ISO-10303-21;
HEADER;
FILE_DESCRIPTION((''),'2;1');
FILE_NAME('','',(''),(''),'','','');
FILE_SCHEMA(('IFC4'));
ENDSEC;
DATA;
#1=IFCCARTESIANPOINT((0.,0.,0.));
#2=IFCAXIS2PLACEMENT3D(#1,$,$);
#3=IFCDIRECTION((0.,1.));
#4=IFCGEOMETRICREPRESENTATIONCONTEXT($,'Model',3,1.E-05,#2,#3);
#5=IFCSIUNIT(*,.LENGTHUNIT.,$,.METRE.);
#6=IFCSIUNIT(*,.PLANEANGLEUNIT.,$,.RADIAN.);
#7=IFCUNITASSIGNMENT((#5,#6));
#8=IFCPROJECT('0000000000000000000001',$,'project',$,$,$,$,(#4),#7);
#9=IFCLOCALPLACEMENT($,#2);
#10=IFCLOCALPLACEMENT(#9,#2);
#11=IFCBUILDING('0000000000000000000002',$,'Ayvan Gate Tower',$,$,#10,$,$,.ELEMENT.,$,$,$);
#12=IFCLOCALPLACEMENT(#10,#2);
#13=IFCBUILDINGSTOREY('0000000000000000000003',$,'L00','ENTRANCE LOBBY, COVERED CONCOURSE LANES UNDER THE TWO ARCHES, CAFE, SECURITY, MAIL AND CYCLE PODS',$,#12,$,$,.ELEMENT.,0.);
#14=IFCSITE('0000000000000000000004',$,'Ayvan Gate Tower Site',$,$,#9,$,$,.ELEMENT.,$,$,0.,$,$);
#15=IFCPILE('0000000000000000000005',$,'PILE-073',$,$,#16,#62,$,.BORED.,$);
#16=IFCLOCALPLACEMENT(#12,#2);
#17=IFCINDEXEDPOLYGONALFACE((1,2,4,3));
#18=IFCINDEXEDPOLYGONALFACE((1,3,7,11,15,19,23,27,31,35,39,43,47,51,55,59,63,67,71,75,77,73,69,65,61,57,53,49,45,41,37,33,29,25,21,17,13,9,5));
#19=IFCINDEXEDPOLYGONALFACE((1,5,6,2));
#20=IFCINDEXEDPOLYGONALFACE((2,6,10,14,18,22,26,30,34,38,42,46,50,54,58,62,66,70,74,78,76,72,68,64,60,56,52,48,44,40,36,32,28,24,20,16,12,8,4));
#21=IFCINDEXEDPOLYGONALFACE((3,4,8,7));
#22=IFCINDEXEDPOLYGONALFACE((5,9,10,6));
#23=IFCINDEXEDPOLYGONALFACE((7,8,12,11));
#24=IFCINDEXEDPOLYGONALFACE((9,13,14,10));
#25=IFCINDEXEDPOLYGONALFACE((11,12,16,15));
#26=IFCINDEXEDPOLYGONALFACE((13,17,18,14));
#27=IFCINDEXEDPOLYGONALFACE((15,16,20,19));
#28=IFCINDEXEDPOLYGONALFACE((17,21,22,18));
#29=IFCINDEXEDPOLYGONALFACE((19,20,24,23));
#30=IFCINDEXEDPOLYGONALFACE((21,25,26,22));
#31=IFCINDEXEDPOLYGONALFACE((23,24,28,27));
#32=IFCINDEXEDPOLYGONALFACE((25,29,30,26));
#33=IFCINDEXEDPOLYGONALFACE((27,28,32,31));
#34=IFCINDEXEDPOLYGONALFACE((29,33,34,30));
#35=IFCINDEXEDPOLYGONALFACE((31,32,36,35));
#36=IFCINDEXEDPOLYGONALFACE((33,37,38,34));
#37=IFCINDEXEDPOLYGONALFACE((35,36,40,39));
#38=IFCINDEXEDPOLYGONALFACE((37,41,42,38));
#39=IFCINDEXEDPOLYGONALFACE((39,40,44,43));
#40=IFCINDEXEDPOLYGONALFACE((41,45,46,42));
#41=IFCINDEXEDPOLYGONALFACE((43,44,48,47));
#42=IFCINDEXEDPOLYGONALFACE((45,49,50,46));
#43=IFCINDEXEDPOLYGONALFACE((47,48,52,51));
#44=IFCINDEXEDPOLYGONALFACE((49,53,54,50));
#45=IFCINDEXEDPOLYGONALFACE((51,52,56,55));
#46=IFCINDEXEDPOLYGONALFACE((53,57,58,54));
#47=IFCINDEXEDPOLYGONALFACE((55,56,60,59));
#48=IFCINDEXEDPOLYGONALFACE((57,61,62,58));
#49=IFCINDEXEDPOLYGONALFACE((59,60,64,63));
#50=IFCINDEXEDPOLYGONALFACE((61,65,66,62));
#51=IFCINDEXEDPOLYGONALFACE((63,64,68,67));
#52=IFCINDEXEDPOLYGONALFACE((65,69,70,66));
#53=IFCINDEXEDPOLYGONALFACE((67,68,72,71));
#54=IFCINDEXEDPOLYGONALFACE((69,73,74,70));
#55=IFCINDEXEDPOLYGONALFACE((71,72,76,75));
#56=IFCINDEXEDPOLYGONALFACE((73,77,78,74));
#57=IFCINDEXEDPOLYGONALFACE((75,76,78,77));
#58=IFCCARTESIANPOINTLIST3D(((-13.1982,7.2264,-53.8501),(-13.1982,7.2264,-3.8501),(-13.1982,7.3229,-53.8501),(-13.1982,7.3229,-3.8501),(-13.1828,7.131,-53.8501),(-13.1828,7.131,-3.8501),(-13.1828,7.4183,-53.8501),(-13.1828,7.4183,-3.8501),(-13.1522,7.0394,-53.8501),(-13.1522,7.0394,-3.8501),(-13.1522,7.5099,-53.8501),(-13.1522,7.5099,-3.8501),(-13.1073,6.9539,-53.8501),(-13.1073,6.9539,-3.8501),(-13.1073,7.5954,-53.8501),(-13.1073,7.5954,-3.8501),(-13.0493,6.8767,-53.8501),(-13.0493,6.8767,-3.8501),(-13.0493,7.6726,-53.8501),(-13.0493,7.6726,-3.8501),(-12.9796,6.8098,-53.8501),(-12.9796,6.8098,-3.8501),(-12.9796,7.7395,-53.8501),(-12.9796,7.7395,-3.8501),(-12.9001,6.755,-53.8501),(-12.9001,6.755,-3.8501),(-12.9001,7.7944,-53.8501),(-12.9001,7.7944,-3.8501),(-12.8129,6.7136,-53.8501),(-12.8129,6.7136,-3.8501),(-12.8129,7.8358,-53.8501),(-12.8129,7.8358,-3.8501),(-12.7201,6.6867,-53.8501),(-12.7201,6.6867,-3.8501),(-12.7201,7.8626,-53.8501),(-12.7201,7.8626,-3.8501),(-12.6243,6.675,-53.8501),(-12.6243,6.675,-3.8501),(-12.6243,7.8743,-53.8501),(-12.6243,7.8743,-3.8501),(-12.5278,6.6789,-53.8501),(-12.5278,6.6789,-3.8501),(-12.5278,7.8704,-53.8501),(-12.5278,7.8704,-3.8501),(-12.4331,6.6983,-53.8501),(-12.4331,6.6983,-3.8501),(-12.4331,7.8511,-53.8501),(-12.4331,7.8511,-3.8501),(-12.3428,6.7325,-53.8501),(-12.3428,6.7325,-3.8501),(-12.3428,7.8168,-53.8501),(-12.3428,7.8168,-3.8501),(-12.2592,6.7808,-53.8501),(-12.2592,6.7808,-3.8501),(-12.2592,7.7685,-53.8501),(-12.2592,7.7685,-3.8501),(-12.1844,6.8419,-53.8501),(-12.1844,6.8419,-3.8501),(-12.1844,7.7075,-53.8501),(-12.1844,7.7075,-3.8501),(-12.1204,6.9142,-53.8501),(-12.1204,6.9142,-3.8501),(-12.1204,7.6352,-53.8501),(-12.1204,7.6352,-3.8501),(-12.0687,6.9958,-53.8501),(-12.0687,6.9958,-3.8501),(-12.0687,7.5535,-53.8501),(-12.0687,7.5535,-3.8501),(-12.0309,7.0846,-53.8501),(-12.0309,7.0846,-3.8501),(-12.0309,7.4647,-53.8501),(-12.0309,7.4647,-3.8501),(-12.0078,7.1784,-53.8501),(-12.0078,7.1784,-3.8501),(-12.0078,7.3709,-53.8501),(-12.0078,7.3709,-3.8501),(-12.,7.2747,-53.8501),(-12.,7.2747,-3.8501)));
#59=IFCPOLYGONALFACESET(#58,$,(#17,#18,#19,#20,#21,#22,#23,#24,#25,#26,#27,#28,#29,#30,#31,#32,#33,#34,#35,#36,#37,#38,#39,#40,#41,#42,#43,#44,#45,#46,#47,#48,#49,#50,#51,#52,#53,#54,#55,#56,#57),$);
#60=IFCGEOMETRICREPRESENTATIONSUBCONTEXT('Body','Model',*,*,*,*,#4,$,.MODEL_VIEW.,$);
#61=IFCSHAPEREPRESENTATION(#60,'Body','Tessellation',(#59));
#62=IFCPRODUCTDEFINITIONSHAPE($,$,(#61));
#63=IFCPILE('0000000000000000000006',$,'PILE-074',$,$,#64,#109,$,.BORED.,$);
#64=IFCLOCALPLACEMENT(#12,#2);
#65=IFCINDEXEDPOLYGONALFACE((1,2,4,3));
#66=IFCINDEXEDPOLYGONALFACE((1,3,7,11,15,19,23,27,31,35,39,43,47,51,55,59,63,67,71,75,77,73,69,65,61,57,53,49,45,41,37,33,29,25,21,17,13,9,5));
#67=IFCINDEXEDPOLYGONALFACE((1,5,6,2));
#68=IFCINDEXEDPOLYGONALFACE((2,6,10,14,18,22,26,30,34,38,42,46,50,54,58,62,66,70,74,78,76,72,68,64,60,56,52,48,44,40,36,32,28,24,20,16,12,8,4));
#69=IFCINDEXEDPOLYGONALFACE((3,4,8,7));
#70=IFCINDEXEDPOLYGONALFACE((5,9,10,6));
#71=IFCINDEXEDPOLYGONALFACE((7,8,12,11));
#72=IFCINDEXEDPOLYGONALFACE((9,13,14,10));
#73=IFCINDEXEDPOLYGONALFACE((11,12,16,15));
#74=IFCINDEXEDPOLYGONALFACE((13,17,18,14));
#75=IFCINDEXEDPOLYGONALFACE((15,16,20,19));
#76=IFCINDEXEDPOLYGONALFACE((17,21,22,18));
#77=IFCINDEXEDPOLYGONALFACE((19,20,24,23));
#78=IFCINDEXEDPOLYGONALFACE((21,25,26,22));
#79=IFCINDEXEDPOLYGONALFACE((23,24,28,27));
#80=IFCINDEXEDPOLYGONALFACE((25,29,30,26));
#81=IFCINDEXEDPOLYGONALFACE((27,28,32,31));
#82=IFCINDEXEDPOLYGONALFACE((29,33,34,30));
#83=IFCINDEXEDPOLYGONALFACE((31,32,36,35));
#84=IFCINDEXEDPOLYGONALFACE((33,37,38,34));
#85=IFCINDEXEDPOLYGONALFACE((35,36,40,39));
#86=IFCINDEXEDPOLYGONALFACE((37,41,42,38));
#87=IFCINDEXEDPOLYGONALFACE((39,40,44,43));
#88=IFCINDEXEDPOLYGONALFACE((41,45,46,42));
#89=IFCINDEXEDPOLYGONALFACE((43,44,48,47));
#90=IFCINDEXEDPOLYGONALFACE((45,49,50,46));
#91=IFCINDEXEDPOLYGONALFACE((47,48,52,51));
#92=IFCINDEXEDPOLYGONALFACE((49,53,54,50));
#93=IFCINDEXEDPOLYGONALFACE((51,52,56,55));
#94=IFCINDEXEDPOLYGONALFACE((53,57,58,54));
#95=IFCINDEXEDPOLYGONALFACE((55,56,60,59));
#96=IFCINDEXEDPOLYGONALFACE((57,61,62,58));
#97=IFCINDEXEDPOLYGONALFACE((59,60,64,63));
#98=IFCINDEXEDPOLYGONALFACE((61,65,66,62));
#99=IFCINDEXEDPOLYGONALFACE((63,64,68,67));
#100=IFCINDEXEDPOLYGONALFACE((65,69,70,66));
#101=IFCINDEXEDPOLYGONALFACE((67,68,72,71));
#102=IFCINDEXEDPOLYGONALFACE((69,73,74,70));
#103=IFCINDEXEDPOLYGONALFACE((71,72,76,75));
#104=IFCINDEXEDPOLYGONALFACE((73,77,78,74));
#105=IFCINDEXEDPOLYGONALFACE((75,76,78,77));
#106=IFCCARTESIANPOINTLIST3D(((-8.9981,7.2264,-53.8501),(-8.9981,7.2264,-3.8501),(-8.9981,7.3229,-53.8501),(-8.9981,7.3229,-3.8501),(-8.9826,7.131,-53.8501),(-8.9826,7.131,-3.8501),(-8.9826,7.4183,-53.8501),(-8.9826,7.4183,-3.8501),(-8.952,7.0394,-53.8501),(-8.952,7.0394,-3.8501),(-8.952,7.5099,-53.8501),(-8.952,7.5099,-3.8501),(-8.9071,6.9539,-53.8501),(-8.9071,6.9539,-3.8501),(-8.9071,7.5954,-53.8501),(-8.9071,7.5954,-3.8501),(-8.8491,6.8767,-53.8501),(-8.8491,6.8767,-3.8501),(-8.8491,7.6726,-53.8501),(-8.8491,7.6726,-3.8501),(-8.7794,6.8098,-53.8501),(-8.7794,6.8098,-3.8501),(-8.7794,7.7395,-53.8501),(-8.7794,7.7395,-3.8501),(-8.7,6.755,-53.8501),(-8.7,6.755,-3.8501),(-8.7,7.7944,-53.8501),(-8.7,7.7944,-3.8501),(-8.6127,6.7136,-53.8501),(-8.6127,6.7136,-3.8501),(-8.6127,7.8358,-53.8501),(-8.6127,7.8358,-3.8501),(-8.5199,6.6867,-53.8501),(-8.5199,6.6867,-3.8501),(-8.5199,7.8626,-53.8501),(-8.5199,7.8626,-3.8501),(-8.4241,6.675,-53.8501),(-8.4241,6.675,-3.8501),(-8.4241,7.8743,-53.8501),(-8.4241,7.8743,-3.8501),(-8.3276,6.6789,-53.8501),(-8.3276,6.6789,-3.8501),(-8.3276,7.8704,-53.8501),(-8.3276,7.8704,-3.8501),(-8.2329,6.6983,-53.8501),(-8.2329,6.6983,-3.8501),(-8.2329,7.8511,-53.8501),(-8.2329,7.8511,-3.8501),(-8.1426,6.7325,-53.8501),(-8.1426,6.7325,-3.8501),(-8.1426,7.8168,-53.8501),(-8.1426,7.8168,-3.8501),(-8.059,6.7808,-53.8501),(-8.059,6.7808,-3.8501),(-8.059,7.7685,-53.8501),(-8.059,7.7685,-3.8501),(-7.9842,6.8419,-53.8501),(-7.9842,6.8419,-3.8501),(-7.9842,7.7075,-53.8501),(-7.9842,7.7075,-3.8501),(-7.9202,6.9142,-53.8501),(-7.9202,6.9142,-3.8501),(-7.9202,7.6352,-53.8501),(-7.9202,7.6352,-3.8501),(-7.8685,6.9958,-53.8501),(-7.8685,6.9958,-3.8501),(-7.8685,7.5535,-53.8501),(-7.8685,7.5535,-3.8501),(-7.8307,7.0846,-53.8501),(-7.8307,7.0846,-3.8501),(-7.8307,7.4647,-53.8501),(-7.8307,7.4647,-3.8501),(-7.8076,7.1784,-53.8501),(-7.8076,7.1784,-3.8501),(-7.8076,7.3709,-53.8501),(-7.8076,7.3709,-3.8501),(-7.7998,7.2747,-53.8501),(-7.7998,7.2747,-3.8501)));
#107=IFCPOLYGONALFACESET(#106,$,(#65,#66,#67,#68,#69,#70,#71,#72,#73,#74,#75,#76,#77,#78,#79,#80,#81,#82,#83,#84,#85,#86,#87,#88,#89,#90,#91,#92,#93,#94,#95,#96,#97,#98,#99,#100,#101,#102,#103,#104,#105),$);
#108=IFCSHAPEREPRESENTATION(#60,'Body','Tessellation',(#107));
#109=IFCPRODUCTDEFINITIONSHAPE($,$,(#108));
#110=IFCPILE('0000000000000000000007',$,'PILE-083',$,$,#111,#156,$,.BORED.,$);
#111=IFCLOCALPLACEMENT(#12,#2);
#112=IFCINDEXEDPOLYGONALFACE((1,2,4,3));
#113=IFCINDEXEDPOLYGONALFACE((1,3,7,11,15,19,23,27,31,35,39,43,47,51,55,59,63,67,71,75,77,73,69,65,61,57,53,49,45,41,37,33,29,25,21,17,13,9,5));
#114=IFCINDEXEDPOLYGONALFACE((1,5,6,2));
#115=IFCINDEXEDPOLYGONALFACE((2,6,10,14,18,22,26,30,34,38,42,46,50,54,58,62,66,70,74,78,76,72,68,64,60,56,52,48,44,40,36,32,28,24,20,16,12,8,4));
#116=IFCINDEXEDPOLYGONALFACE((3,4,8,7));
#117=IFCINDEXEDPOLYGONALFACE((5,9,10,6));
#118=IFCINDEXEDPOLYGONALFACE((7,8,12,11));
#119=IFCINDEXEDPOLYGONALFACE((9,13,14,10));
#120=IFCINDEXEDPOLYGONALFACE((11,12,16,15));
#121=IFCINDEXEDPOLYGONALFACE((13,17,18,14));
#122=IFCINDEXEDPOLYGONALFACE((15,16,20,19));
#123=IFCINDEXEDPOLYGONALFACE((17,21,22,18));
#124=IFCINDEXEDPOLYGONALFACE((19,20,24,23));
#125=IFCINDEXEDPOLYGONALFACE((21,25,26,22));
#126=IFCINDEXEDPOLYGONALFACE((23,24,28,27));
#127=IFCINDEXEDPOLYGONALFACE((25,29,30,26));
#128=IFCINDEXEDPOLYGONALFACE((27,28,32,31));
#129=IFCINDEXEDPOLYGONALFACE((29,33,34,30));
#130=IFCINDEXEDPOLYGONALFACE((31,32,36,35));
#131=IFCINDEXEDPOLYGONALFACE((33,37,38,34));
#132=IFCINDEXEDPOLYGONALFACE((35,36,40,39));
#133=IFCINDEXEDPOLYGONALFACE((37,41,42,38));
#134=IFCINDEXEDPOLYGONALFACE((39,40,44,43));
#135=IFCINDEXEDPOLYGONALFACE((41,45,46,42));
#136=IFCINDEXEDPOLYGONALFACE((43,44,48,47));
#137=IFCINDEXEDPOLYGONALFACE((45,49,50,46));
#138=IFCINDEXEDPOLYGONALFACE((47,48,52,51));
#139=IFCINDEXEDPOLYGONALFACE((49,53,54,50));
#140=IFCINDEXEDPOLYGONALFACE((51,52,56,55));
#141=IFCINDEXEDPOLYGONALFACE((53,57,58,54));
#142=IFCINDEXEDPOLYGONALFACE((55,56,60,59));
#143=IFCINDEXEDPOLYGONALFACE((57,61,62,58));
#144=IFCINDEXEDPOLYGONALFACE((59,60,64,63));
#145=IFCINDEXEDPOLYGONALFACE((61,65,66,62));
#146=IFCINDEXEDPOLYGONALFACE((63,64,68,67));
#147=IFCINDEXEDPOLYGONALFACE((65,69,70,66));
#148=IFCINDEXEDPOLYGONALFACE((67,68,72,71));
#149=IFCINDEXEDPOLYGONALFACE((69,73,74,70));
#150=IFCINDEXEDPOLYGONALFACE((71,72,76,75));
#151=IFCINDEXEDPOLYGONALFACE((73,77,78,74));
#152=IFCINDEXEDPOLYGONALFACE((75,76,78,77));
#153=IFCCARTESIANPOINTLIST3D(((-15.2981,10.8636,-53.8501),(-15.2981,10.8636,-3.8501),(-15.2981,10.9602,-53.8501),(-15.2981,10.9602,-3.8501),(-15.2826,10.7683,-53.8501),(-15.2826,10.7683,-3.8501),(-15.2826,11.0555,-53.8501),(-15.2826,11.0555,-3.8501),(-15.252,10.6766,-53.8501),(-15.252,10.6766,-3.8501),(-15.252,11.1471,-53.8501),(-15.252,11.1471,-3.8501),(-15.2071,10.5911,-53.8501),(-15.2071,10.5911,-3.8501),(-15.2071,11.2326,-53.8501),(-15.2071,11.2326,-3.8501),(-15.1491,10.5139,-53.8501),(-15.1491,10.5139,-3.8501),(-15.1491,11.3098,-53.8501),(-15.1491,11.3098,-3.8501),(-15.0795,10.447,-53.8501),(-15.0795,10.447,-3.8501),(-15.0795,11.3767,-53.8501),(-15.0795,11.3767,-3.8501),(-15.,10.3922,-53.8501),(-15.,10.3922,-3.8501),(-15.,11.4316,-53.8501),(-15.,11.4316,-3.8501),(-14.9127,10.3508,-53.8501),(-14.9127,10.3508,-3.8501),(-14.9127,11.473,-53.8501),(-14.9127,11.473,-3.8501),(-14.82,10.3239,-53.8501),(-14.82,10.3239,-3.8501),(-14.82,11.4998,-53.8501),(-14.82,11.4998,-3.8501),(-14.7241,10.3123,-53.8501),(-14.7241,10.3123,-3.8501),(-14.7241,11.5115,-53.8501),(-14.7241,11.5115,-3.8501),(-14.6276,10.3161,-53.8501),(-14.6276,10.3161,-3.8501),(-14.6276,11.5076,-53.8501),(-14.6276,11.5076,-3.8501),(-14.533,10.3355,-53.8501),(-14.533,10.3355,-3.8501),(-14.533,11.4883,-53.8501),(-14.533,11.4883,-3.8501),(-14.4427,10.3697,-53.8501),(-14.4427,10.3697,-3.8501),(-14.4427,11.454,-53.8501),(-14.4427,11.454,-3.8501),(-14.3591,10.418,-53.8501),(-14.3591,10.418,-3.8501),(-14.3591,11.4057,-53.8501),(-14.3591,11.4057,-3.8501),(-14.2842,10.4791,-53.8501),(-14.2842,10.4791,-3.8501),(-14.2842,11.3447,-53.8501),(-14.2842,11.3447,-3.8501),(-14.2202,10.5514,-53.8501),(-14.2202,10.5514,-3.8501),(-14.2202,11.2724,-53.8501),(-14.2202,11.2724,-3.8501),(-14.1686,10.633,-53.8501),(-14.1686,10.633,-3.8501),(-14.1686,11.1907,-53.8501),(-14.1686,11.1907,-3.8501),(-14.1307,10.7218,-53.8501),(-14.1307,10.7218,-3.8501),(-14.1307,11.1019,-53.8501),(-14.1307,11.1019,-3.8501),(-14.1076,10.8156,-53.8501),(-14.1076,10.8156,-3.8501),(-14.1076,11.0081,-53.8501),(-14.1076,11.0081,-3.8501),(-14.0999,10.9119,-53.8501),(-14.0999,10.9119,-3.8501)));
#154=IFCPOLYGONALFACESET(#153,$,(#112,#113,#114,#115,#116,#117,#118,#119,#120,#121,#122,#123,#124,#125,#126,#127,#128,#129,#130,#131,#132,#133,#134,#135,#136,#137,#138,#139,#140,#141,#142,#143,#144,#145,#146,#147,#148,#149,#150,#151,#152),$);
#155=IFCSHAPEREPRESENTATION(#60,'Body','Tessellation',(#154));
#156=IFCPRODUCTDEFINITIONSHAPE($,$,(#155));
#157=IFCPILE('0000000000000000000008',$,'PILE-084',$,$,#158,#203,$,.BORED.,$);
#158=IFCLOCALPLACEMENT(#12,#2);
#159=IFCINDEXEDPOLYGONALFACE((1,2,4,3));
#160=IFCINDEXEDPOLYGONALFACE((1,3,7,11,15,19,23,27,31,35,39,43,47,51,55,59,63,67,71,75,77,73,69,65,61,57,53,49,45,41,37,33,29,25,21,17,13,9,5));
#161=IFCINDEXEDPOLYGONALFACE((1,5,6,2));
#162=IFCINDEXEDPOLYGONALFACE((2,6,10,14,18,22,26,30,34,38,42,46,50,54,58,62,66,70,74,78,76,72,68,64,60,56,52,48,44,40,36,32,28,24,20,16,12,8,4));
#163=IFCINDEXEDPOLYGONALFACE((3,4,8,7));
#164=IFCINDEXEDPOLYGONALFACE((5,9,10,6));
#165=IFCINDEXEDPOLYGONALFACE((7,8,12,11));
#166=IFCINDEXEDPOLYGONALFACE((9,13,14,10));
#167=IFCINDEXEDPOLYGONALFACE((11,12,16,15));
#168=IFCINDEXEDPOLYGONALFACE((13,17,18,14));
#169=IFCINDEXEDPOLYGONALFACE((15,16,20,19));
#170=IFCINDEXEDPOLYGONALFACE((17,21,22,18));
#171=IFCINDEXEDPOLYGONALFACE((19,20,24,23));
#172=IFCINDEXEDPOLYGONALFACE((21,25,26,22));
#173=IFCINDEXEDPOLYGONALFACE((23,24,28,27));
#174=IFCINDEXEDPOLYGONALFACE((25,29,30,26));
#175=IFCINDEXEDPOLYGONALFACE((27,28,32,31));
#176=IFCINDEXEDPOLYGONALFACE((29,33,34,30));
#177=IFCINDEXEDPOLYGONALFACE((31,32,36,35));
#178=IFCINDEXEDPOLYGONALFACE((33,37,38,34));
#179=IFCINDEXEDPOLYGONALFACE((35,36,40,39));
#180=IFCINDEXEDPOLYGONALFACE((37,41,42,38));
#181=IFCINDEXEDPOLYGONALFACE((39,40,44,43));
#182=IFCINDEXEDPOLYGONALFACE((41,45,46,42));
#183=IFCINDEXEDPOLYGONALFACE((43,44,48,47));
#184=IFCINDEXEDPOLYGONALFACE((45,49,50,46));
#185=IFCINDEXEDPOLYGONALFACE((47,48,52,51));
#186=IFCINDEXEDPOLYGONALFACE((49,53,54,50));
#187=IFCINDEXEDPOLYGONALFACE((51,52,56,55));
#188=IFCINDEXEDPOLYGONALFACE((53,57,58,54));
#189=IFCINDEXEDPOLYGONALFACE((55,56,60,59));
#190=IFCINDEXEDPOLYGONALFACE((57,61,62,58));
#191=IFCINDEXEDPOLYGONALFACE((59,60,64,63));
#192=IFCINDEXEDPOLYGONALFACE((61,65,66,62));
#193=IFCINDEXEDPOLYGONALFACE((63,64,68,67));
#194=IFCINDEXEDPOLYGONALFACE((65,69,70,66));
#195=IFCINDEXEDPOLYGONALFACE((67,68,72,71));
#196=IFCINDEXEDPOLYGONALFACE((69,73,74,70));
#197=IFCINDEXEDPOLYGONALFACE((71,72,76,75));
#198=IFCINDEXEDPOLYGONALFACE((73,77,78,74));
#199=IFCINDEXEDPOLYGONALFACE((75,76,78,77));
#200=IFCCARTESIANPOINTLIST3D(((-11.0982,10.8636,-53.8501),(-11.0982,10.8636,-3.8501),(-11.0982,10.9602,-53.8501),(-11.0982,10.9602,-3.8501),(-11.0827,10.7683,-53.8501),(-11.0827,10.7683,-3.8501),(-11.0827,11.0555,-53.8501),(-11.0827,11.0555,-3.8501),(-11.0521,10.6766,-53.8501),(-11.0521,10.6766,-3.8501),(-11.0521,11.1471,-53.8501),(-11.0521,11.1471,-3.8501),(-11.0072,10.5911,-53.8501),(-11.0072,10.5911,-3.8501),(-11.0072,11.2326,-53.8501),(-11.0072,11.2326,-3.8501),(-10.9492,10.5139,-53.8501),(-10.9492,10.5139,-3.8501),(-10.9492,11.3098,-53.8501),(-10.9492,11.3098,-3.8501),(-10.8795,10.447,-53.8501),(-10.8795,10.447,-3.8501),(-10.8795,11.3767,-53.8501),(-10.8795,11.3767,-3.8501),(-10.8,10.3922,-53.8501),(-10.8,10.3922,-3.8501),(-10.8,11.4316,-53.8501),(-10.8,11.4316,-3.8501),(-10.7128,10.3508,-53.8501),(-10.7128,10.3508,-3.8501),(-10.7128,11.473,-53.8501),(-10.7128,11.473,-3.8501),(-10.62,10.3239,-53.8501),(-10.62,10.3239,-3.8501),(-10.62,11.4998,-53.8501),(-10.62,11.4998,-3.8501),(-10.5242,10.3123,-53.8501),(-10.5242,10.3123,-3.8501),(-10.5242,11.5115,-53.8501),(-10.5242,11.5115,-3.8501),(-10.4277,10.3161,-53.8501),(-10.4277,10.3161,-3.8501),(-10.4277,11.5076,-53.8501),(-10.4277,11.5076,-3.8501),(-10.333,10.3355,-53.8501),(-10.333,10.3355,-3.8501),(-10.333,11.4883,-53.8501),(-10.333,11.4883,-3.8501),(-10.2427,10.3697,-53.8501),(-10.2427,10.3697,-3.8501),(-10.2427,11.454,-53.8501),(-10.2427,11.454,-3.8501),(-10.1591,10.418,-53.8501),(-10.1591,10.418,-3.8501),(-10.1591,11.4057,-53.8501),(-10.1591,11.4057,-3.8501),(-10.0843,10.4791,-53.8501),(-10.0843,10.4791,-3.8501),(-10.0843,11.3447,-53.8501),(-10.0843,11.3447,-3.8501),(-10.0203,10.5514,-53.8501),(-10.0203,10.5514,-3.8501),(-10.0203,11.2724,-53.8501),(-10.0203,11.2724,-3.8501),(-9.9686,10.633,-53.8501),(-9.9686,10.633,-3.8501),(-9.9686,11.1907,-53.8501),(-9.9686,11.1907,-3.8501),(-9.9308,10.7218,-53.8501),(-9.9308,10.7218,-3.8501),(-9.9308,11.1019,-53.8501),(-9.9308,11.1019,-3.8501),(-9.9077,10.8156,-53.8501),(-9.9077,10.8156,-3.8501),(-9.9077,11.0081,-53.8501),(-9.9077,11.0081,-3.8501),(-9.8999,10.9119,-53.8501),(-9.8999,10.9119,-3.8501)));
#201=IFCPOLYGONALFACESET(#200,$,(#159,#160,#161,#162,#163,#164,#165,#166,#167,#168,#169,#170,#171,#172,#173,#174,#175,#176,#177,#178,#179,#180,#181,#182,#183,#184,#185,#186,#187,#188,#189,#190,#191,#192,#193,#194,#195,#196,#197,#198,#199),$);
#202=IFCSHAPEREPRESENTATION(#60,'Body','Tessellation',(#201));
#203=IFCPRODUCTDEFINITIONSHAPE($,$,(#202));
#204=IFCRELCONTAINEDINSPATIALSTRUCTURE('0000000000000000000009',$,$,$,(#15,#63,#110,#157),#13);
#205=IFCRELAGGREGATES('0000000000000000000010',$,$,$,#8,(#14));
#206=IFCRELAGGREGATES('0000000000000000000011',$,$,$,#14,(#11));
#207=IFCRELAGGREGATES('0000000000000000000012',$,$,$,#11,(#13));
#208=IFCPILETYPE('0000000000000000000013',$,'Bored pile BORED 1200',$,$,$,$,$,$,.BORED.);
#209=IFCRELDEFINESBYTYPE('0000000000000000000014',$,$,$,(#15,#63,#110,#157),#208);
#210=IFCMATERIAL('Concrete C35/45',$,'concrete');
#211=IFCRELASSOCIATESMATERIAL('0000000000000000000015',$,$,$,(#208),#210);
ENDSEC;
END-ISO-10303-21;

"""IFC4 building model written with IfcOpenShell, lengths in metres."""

from ifc_helpers import new_model, si_unit, direction, frame, origin, origin_2d, place, context, subcontext, project, spatial, circle, extrude, material, material_profile, profile_set, type_object, element, save


model = new_model("IFC4")

# Units and contexts
model_context = context("Model", 3, precision=1e-05, world=origin(), true_north=direction((0.0, 1.0)))
body_context = subcontext(model_context, "Body", "Model", "MODEL_VIEW")
ifc_project = project(units=[si_unit("LENGTHUNIT", "METRE"), si_unit("PLANEANGLEUNIT", "RADIAN")], contexts=[model_context])

# Site, building, storey
site_placement = place(None, origin())
site = spatial("IfcSite", under=ifc_project, at=site_placement, Name="Ayvan Gate Tower Site", CompositionType="ELEMENT", RefElevation=0.0)
building_placement = place(site_placement, origin())
building = spatial("IfcBuilding", under=site, at=building_placement, Name="Ayvan Gate Tower", CompositionType="ELEMENT")
storey_placement = place(building_placement, origin())
storey = spatial("IfcBuildingStorey", under=building, at=storey_placement, Name="L00", Description="ENTRANCE LOBBY, COVERED CONCOURSE LANES UNDER THE TWO ARCHES, CAFE, SECURITY, MAIL AND CYCLE PODS", CompositionType="ELEMENT", Elevation=0.0)

# Piles
ifc_material_1 = material(Name="Concrete C35/45", Category="concrete")
ifc_material_profile_1 = material_profile(ifc_material_1, circle(Radius=0.6001, at=origin_2d()), Name="BORED 1200")
ifc_profile_set_1 = profile_set([ifc_material_profile_1], Name="Concrete C35/45")
pile_type = type_object("IfcPileType", Name="Bored pile BORED 1200", PredefinedType="BORED", material=ifc_profile_set_1)
for number, where, z_axis, x_axis, name in (
    (1, (-12.6001, 7.2747, -3.8501), (0.0, 0.0, -1.0), (1.0, 0.0, 0.0), "PILE-073"),
    (2, (-8.3999, 7.2747, -3.8501), (0.0, 0.0, -1.0), (1.0, 0.0, 0.0), "PILE-074"),
    (3, (-14.7, 10.9119, -3.8501), (0.0, 0.0, -1.0), (1.0, 0.0, 0.0), "PILE-083"),
    (4, (-10.5, 10.9119, -3.8501), (0.0, 0.0, -1.0), (1.0, 0.0, 0.0), "PILE-084"),
):
    element("IfcPile", number, at=place(storey_placement, frame(where, z_axis=z_axis, x_axis=x_axis)), inside=storey, type_object=pile_type, Name=name, PredefinedType="BORED", context=body_context, shape_type="SweptSolid", body=[
        extrude(circle(Radius=0.6001, at=origin_2d()), origin(), (0.0, 0.0, 1.0), 50.0),
    ])

save(model, "model.ifc")
